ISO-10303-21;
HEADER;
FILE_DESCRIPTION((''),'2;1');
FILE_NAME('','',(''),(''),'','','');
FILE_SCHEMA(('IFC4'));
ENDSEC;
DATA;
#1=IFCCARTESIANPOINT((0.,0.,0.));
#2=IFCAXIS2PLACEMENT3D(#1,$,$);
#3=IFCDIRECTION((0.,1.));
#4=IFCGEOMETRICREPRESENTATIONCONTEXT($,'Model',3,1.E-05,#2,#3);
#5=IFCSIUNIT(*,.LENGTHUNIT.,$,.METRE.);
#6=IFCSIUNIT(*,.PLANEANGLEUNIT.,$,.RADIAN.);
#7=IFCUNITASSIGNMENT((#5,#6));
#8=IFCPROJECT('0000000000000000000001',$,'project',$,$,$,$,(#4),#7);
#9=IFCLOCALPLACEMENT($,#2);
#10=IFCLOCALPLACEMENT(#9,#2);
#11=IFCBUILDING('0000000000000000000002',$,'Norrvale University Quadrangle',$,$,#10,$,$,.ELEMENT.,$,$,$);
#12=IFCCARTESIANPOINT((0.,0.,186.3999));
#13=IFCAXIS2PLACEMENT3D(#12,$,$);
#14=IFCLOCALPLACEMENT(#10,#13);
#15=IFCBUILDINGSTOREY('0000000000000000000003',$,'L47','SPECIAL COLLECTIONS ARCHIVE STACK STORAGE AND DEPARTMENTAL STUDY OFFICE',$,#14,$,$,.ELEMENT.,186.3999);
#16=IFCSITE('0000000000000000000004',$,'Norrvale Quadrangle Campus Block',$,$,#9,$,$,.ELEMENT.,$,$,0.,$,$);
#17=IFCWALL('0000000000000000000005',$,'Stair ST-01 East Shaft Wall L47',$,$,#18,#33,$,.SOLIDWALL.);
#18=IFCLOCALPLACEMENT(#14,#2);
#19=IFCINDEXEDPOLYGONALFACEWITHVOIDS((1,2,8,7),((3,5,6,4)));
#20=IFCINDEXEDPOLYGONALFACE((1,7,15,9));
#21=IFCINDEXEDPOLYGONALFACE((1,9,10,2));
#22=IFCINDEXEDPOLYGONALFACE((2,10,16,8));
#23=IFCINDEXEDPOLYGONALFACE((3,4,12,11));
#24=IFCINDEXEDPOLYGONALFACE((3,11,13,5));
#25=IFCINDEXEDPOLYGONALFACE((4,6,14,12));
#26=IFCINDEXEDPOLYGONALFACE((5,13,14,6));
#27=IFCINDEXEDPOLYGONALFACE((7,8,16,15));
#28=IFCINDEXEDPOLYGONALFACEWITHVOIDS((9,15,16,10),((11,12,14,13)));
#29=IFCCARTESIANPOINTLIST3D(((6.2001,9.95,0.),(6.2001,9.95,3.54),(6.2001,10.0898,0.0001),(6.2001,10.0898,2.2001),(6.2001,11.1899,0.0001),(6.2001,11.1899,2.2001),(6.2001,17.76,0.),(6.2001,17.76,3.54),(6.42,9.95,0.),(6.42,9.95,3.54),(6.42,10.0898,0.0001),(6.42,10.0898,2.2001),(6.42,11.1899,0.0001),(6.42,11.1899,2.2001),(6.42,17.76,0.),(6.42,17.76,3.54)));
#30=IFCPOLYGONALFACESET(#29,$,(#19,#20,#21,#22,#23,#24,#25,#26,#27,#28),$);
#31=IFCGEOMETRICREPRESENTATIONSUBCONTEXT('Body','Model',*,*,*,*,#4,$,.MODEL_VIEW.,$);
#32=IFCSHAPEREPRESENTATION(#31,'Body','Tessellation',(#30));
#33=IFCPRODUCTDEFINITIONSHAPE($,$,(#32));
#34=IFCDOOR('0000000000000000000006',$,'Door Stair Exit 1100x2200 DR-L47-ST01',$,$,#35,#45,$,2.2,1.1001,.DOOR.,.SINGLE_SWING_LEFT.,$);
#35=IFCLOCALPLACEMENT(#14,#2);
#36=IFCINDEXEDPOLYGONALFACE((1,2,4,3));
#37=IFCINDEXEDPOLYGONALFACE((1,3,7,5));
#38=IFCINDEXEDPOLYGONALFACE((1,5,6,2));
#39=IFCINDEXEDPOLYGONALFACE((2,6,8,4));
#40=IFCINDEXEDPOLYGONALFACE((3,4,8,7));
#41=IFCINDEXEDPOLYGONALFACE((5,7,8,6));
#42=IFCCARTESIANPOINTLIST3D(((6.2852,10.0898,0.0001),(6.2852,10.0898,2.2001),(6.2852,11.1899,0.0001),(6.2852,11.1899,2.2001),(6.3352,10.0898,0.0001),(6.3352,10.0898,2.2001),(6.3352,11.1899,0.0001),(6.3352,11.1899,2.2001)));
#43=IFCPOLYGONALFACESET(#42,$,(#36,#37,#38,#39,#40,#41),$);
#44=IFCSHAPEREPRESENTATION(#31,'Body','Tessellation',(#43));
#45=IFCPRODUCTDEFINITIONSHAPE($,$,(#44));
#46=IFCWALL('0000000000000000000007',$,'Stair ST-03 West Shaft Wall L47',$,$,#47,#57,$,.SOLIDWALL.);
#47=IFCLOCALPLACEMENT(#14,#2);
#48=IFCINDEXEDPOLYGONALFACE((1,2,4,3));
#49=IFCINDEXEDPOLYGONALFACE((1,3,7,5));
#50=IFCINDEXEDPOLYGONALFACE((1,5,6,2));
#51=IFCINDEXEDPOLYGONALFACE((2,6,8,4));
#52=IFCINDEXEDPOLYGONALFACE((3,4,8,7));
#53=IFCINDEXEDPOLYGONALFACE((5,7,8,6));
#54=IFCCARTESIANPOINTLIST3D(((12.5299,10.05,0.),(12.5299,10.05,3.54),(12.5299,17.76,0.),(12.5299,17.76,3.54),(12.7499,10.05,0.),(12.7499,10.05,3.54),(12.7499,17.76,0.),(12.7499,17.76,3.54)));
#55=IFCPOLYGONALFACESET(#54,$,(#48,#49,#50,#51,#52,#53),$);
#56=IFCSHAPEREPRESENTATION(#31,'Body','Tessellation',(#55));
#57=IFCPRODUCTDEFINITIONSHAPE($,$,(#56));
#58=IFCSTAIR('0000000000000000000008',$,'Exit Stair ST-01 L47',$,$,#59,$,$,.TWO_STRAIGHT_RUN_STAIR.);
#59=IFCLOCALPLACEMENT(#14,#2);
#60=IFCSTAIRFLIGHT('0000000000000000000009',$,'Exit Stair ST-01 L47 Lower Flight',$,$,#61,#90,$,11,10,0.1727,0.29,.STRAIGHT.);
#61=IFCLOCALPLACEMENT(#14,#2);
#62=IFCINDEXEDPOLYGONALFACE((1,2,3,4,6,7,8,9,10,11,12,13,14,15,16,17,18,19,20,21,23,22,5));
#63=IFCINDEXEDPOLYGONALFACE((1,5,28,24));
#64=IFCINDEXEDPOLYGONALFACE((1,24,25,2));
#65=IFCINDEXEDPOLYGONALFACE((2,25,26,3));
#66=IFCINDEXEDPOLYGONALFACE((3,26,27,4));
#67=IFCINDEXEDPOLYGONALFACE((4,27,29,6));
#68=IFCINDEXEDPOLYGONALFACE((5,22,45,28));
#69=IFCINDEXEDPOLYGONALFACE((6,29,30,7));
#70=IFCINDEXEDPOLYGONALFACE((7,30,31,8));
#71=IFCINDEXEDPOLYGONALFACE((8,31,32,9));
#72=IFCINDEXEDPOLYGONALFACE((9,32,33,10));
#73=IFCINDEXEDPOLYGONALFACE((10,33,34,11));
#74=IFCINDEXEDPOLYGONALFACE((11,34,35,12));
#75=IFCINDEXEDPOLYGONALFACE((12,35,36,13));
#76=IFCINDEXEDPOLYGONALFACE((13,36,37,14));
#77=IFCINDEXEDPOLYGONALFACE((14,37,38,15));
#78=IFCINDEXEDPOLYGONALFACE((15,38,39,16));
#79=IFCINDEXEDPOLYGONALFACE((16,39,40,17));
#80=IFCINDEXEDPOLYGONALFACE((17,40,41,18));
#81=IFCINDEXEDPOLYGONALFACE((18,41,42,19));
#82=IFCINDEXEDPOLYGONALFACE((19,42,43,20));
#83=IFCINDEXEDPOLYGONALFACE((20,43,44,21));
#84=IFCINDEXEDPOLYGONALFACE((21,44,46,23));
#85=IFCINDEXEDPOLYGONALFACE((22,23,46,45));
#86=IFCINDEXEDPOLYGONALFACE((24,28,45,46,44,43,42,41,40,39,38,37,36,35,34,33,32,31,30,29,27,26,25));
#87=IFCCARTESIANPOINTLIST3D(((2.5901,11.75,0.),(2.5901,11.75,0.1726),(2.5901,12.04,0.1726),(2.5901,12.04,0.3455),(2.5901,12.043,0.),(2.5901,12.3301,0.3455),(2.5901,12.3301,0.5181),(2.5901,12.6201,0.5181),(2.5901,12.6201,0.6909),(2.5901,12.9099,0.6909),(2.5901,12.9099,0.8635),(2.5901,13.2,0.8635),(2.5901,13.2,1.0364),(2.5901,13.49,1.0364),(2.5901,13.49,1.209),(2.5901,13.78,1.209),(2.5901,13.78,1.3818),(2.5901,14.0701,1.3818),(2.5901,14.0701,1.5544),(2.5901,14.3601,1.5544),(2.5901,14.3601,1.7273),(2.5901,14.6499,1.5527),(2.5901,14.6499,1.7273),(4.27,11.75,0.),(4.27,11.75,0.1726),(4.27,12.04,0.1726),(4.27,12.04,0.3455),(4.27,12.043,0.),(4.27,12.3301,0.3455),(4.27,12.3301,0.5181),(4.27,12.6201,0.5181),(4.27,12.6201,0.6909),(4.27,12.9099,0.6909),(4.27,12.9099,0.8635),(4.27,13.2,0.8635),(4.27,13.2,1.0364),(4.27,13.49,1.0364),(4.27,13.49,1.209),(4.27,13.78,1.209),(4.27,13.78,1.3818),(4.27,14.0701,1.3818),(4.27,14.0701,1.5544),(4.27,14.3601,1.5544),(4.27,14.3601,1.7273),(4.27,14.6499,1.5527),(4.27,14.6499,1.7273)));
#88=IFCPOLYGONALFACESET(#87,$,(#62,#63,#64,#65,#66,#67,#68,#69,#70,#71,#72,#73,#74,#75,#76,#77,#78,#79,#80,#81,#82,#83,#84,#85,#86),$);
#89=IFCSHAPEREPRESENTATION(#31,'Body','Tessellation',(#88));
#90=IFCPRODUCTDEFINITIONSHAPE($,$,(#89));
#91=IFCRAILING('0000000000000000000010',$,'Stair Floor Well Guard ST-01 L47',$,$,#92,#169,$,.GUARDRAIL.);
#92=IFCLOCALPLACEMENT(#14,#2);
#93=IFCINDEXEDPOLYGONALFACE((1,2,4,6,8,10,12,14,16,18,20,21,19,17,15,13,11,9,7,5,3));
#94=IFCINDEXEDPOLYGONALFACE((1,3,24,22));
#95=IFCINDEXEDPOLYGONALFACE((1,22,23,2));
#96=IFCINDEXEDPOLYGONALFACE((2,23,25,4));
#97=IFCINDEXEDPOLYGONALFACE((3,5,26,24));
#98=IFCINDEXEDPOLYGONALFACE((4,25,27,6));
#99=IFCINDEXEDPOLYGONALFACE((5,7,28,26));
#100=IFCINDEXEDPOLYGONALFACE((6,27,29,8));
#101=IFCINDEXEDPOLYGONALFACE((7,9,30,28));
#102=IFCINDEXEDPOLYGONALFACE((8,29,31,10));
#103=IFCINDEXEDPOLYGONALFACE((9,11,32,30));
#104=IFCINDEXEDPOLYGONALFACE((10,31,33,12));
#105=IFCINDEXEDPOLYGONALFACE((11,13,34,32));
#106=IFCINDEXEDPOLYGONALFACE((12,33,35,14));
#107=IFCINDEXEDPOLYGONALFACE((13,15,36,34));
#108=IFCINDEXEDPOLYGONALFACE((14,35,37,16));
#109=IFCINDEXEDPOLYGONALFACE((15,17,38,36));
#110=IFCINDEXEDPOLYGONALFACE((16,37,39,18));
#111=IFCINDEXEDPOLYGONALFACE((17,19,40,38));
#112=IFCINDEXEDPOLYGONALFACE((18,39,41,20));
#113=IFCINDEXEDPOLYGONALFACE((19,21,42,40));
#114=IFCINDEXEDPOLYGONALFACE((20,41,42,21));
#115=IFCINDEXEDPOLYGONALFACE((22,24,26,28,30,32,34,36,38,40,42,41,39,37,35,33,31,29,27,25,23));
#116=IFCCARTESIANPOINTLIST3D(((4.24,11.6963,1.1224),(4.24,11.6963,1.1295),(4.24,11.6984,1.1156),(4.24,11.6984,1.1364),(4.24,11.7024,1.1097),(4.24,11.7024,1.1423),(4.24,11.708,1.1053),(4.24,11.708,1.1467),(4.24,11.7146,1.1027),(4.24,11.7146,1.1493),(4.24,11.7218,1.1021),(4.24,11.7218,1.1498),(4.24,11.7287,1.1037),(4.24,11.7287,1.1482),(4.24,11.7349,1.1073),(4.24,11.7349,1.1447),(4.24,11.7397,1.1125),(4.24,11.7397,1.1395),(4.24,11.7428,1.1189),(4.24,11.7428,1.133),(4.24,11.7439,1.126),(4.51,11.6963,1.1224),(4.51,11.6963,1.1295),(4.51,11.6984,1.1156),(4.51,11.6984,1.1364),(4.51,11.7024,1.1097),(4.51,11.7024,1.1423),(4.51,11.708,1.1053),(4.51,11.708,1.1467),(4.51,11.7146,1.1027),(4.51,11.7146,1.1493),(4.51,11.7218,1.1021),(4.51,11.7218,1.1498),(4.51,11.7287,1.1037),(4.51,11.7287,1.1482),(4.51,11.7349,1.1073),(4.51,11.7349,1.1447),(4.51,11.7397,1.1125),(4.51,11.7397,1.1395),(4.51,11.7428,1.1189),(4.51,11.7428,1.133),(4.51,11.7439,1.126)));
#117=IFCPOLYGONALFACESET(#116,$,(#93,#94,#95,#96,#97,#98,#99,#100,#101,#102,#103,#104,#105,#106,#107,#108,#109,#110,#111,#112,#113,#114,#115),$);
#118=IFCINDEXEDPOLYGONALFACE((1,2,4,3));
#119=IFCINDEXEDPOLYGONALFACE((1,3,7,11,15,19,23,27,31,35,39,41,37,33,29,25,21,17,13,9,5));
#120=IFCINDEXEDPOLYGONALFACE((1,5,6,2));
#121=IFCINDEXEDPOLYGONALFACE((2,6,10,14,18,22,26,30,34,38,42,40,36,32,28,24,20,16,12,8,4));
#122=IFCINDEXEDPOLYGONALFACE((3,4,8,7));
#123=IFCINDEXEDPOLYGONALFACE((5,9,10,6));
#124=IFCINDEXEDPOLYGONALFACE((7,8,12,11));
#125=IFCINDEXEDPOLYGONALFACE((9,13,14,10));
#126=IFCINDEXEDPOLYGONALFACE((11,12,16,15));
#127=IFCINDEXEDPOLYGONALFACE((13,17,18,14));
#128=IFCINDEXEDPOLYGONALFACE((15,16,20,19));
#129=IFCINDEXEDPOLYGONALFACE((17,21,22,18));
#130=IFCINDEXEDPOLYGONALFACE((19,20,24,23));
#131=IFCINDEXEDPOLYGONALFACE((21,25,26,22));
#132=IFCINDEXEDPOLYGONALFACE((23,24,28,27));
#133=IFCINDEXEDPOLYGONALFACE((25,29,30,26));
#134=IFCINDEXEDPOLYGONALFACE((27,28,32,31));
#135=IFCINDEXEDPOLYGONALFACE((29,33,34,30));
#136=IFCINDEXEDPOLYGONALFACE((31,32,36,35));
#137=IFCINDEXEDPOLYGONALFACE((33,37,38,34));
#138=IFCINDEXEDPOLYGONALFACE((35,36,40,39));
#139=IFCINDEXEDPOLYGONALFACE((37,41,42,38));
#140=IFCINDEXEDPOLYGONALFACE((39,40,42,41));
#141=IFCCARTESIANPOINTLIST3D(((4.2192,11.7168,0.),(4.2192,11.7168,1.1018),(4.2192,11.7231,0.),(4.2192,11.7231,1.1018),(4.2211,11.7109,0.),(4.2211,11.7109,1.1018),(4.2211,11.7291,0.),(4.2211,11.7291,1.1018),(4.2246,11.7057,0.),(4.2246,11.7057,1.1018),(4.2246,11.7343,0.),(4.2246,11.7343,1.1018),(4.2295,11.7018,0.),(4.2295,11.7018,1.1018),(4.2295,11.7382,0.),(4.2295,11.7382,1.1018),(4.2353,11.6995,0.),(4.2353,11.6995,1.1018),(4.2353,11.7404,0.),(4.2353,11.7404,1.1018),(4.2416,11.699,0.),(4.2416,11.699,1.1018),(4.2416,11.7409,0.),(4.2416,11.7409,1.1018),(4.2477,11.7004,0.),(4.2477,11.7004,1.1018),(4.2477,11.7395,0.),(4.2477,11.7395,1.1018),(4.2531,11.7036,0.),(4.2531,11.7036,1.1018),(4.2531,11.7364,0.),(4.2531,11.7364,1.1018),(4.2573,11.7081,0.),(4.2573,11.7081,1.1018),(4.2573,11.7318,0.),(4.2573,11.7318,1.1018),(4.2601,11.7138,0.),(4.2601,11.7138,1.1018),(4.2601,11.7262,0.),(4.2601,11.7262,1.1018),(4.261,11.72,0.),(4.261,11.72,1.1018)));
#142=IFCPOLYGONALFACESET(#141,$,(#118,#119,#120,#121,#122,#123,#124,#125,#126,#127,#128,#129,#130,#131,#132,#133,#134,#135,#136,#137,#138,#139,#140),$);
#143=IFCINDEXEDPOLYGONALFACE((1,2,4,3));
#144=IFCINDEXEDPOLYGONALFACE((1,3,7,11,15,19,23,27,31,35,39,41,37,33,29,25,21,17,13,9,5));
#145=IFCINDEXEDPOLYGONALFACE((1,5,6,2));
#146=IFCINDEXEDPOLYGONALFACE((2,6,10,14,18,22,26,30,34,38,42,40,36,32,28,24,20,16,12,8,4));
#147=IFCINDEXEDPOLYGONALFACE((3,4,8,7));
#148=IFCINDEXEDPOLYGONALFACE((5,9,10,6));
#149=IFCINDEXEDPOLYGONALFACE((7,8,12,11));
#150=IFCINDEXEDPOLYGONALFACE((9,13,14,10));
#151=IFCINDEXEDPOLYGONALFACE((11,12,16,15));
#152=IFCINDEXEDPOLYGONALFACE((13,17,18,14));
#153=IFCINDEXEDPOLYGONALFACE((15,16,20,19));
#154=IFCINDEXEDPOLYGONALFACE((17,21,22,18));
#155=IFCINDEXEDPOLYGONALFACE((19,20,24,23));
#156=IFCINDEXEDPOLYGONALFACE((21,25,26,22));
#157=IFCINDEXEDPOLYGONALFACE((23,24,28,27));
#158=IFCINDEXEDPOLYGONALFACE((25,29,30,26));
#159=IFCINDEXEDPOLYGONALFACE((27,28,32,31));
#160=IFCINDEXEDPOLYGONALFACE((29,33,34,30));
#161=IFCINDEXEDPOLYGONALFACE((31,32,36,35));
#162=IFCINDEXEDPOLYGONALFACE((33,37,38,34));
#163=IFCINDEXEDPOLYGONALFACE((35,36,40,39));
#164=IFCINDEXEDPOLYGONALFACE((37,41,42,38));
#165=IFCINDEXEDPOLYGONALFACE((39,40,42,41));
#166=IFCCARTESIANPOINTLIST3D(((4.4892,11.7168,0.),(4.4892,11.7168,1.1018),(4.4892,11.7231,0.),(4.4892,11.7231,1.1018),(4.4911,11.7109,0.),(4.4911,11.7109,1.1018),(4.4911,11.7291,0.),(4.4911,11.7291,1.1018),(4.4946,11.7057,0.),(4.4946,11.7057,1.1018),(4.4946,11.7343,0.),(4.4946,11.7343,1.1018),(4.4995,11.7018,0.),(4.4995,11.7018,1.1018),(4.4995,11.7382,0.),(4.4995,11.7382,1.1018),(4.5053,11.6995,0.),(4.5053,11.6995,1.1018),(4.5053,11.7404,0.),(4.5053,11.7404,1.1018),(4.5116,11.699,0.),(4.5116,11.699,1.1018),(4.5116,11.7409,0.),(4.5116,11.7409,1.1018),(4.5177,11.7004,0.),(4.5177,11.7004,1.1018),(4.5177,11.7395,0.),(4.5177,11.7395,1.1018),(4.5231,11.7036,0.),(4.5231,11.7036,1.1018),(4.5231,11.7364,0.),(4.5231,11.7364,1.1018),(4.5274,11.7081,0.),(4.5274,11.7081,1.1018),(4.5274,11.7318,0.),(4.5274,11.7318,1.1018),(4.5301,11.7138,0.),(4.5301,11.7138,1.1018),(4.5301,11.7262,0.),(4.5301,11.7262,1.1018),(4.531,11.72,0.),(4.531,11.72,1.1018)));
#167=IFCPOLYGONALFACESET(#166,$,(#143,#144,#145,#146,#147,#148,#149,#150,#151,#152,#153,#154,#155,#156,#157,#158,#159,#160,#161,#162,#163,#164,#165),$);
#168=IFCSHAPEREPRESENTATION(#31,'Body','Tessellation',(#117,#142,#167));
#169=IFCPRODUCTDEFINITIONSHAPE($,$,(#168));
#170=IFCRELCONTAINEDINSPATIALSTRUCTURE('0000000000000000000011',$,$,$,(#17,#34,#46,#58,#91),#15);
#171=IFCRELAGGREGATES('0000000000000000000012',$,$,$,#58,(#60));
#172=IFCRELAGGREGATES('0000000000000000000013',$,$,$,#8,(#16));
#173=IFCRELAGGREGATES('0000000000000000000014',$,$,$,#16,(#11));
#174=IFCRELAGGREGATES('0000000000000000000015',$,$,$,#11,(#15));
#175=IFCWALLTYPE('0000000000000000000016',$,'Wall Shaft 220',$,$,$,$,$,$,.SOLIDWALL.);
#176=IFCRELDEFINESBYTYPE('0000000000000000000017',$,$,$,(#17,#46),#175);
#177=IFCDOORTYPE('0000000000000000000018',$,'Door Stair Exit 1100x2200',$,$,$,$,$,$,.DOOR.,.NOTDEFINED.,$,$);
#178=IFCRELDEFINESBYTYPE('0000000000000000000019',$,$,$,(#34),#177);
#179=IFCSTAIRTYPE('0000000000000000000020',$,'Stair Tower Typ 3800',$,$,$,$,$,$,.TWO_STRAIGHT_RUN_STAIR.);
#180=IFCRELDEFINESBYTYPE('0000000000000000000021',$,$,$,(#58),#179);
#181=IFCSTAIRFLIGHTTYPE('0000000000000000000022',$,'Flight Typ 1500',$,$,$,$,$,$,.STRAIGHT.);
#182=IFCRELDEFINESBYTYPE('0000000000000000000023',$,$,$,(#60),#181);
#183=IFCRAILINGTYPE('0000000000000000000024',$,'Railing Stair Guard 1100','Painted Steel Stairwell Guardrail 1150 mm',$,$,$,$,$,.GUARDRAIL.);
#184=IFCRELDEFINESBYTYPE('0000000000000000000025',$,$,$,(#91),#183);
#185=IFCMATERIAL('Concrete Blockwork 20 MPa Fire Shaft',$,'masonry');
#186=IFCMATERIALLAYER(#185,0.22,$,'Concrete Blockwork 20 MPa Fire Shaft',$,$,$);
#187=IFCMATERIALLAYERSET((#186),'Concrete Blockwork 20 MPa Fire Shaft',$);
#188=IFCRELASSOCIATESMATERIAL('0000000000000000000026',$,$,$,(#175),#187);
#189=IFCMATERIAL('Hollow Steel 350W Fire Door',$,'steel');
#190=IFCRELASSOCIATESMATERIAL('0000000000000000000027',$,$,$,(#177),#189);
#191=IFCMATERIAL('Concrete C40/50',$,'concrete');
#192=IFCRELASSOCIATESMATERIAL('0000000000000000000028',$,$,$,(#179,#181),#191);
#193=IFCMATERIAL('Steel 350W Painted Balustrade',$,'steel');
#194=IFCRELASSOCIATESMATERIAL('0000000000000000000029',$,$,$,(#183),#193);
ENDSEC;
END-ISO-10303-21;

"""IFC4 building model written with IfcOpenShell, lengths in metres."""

from ifc_helpers import new_model, si_unit, direction, frame, frame_2d, origin, origin_2d, place, context, subcontext, project, spatial, polyline, rectangle, circle, outline, extrude, material, layer, layer_set, type_object, element, fill, aggregate, save


model = new_model("IFC4")

# Units and contexts
model_context = context("Model", 3, precision=1e-05, world=origin(), true_north=direction((0.0, 1.0)))
body_context = subcontext(model_context, "Body", "Model", "MODEL_VIEW")
ifc_project = project(units=[si_unit("LENGTHUNIT", "METRE"), si_unit("PLANEANGLEUNIT", "RADIAN")], contexts=[model_context])

# Site, building, storey
site_placement = place(None, origin())
site = spatial("IfcSite", under=ifc_project, at=site_placement, Name="Norrvale Quadrangle Campus Block", CompositionType="ELEMENT", RefElevation=0.0)
building_placement = place(site_placement, origin())
building = spatial("IfcBuilding", under=site, at=building_placement, Name="Norrvale University Quadrangle", CompositionType="ELEMENT")
storey_placement = place(building_placement, frame((0.0, 0.0, 186.3999)))
storey = spatial("IfcBuildingStorey", under=building, at=storey_placement, Name="L47", Description="SPECIAL COLLECTIONS ARCHIVE STACK STORAGE AND DEPARTMENTAL STUDY OFFICE", CompositionType="ELEMENT", Elevation=186.3999)

# Wall, opening, door
ifc_material_1 = material(Name="Concrete Blockwork 20 MPa Fire Shaft", Category="masonry")
ifc_layer_1 = layer(ifc_material_1, 0.22, Name="Concrete Blockwork 20 MPa Fire Shaft")
ifc_layer_set_1 = layer_set([ifc_layer_1], Name="Concrete Blockwork 20 MPa Fire Shaft")
wall_type_1 = type_object("IfcWallType", Name="Wall Shaft 220", PredefinedType="SOLIDWALL", material=ifc_layer_set_1)
wall_1_placement = place(storey_placement, frame((6.3101, 9.95, 0.0), z_axis=(0.0, 0.0, 1.0), x_axis=(0.0, 1.0, 0.0)))
wall_1 = element("IfcWall", 1, at=wall_1_placement, inside=storey, type_object=wall_type_1, Name="Stair ST-01 East Shaft Wall L47", PredefinedType="SOLIDWALL", context=body_context, shape_type="SweptSolid", body=[
    extrude(rectangle(XDim=7.8101, YDim=0.22, at=frame_2d((3.905, 0.0))), origin(), (0.0, 0.0, 1.0), 3.54),
])
opening_1_placement = place(wall_1_placement, frame((0.1399, 0.0, 0.0)))
opening_1 = element("IfcOpeningElement", 2, at=opening_1_placement, cuts=wall_1, PredefinedType="OPENING", context=body_context, shape_type="SweptSolid", body=[
    extrude(rectangle(XDim=1.1001, YDim=2.2, at=frame_2d((0.55, 1.1001))), frame((0.0, 0.1221, 0.0), z_axis=(0.0, -1.0, 0.0), x_axis=(1.0, 0.0, 0.0)), (0.0, 0.0, 1.0), 0.2439),
])
ifc_material_2 = material(Name="Hollow Steel 350W Fire Door", Category="steel")
door_type = type_object("IfcDoorType", Name="Door Stair Exit 1100x2200", OperationType="NOTDEFINED", PredefinedType="DOOR", material=ifc_material_2)
door_placement = place(opening_1_placement, origin())
door = element("IfcDoor", 3, at=door_placement, inside=storey, type_object=door_type, Name="Door Stair Exit 1100x2200 DR-L47-ST01", OperationType="SINGLE_SWING_LEFT", OverallHeight=2.2, OverallWidth=1.1001, PredefinedType="DOOR", context=body_context, shape_type="SweptSolid", body=[
    extrude(rectangle(XDim=1.1001, YDim=2.2, at=frame_2d((0.55, 1.1001))), frame((0.0, 0.0249, 0.0), z_axis=(0.0, -1.0, 0.0), x_axis=(1.0, 0.0, 0.0)), (0.0, 0.0, 1.0), 0.05),
])
fill(opening_1, door)

# Wall
wall_2_placement = place(storey_placement, frame((12.6399, 10.05, 0.0), z_axis=(0.0, 0.0, 1.0), x_axis=(0.0, 1.0, 0.0)))
element("IfcWall", 4, at=wall_2_placement, inside=storey, type_object=wall_type_1, Name="Stair ST-03 West Shaft Wall L47", PredefinedType="SOLIDWALL", context=body_context, shape_type="SweptSolid", body=[
    extrude(rectangle(XDim=7.71, YDim=0.22, at=frame_2d((3.855, 0.0))), origin(), (0.0, 0.0, 1.0), 3.54),
])

# Stair, stair flight
ifc_material_3 = material(Name="Concrete C40/50", Category="concrete")
stair_type = type_object("IfcStairType", Name="Stair Tower Typ 3800", PredefinedType="TWO_STRAIGHT_RUN_STAIR", material=ifc_material_3)
stair_placement = place(storey_placement, origin())
stair = element("IfcStair", 5, at=stair_placement, inside=storey, type_object=stair_type, Name="Exit Stair ST-01 L47", PredefinedType="TWO_STRAIGHT_RUN_STAIR")
stair_flight_type = type_object("IfcStairFlightType", Name="Flight Typ 1500", PredefinedType="STRAIGHT", material=ifc_material_3)
stair_flight_placement = place(storey_placement, frame((3.4299, 11.75, 0.0), z_axis=(0.0, 0.0, 1.0), x_axis=(0.0, 1.0, 0.0)))
stair_flight = element("IfcStairFlight", 6, at=stair_flight_placement, type_object=stair_flight_type, Name="Exit Stair ST-01 L47 Lower Flight", NumberOfRisers=11, NumberOfTreads=10, PredefinedType="STRAIGHT", RiserHeight=0.1727, TreadLength=0.29, context=body_context, shape_type="SweptSolid", body=[
    extrude(outline(polyline([(0.0, 0.0), (0.0, 0.1726), (0.29, 0.1726), (0.29, 0.3455), (0.5801, 0.3455), (0.5801, 0.5181), (0.8701, 0.5181), (0.8701, 0.6909), (1.1599, 0.6909), (1.1599, 0.8635), (1.45, 0.8635), (1.45, 1.0364), (1.74, 1.0364), (1.74, 1.209), (2.03, 1.209), (2.03, 1.3818), (2.3201, 1.3818), (2.3201, 1.5544), (2.6101, 1.5544), (2.6101, 1.7273), (2.8999, 1.7273), (2.8999, 1.8999), (2.8999, 1.5527), (0.293, 0.0), (0.0, 0.0)])), frame((0.0, 0.8398, 0.0), z_axis=(0.0, -1.0, 0.0), x_axis=(1.0, 0.0, 0.0)), (0.0, 0.0, 1.0), 1.6799),
])
aggregate(stair, [stair_flight])

# Railing
ifc_material_4 = material(Name="Steel 350W Painted Balustrade", Category="steel")
railing_type_1 = type_object("IfcRailingType", Name="Railing Stair Guard 1100", Description="Painted Steel Stairwell Guardrail 1150 mm", PredefinedType="GUARDRAIL", material=ifc_material_4)
for number, where, name in (
    (7, (4.24, 11.72, 0.0), "Stair Floor Well Guard ST-01 L47"),
):
    element("IfcRailing", number, at=place(storey_placement, frame(where)), inside=storey, type_object=railing_type_1, Name=name, PredefinedType="GUARDRAIL", context=body_context, shape_type="SweptSolid", body=[
        extrude(circle(Radius=0.0239, at=origin_2d()), frame((0.0, 0.0, 1.126), z_axis=(1.0, 0.0, 0.0), x_axis=(0.0, 1.0, 0.0)), (0.0, 0.0, 1.0), 0.27),
        extrude(circle(Radius=0.021, at=origin_2d()), origin(), (0.0, 0.0, 1.0), 1.1018),
        extrude(circle(Radius=0.021, at=origin_2d()), frame((0.27, 0.0, 0.0)), (0.0, 0.0, 1.0), 1.1018),
    ])

save(model, "model.ifc")
